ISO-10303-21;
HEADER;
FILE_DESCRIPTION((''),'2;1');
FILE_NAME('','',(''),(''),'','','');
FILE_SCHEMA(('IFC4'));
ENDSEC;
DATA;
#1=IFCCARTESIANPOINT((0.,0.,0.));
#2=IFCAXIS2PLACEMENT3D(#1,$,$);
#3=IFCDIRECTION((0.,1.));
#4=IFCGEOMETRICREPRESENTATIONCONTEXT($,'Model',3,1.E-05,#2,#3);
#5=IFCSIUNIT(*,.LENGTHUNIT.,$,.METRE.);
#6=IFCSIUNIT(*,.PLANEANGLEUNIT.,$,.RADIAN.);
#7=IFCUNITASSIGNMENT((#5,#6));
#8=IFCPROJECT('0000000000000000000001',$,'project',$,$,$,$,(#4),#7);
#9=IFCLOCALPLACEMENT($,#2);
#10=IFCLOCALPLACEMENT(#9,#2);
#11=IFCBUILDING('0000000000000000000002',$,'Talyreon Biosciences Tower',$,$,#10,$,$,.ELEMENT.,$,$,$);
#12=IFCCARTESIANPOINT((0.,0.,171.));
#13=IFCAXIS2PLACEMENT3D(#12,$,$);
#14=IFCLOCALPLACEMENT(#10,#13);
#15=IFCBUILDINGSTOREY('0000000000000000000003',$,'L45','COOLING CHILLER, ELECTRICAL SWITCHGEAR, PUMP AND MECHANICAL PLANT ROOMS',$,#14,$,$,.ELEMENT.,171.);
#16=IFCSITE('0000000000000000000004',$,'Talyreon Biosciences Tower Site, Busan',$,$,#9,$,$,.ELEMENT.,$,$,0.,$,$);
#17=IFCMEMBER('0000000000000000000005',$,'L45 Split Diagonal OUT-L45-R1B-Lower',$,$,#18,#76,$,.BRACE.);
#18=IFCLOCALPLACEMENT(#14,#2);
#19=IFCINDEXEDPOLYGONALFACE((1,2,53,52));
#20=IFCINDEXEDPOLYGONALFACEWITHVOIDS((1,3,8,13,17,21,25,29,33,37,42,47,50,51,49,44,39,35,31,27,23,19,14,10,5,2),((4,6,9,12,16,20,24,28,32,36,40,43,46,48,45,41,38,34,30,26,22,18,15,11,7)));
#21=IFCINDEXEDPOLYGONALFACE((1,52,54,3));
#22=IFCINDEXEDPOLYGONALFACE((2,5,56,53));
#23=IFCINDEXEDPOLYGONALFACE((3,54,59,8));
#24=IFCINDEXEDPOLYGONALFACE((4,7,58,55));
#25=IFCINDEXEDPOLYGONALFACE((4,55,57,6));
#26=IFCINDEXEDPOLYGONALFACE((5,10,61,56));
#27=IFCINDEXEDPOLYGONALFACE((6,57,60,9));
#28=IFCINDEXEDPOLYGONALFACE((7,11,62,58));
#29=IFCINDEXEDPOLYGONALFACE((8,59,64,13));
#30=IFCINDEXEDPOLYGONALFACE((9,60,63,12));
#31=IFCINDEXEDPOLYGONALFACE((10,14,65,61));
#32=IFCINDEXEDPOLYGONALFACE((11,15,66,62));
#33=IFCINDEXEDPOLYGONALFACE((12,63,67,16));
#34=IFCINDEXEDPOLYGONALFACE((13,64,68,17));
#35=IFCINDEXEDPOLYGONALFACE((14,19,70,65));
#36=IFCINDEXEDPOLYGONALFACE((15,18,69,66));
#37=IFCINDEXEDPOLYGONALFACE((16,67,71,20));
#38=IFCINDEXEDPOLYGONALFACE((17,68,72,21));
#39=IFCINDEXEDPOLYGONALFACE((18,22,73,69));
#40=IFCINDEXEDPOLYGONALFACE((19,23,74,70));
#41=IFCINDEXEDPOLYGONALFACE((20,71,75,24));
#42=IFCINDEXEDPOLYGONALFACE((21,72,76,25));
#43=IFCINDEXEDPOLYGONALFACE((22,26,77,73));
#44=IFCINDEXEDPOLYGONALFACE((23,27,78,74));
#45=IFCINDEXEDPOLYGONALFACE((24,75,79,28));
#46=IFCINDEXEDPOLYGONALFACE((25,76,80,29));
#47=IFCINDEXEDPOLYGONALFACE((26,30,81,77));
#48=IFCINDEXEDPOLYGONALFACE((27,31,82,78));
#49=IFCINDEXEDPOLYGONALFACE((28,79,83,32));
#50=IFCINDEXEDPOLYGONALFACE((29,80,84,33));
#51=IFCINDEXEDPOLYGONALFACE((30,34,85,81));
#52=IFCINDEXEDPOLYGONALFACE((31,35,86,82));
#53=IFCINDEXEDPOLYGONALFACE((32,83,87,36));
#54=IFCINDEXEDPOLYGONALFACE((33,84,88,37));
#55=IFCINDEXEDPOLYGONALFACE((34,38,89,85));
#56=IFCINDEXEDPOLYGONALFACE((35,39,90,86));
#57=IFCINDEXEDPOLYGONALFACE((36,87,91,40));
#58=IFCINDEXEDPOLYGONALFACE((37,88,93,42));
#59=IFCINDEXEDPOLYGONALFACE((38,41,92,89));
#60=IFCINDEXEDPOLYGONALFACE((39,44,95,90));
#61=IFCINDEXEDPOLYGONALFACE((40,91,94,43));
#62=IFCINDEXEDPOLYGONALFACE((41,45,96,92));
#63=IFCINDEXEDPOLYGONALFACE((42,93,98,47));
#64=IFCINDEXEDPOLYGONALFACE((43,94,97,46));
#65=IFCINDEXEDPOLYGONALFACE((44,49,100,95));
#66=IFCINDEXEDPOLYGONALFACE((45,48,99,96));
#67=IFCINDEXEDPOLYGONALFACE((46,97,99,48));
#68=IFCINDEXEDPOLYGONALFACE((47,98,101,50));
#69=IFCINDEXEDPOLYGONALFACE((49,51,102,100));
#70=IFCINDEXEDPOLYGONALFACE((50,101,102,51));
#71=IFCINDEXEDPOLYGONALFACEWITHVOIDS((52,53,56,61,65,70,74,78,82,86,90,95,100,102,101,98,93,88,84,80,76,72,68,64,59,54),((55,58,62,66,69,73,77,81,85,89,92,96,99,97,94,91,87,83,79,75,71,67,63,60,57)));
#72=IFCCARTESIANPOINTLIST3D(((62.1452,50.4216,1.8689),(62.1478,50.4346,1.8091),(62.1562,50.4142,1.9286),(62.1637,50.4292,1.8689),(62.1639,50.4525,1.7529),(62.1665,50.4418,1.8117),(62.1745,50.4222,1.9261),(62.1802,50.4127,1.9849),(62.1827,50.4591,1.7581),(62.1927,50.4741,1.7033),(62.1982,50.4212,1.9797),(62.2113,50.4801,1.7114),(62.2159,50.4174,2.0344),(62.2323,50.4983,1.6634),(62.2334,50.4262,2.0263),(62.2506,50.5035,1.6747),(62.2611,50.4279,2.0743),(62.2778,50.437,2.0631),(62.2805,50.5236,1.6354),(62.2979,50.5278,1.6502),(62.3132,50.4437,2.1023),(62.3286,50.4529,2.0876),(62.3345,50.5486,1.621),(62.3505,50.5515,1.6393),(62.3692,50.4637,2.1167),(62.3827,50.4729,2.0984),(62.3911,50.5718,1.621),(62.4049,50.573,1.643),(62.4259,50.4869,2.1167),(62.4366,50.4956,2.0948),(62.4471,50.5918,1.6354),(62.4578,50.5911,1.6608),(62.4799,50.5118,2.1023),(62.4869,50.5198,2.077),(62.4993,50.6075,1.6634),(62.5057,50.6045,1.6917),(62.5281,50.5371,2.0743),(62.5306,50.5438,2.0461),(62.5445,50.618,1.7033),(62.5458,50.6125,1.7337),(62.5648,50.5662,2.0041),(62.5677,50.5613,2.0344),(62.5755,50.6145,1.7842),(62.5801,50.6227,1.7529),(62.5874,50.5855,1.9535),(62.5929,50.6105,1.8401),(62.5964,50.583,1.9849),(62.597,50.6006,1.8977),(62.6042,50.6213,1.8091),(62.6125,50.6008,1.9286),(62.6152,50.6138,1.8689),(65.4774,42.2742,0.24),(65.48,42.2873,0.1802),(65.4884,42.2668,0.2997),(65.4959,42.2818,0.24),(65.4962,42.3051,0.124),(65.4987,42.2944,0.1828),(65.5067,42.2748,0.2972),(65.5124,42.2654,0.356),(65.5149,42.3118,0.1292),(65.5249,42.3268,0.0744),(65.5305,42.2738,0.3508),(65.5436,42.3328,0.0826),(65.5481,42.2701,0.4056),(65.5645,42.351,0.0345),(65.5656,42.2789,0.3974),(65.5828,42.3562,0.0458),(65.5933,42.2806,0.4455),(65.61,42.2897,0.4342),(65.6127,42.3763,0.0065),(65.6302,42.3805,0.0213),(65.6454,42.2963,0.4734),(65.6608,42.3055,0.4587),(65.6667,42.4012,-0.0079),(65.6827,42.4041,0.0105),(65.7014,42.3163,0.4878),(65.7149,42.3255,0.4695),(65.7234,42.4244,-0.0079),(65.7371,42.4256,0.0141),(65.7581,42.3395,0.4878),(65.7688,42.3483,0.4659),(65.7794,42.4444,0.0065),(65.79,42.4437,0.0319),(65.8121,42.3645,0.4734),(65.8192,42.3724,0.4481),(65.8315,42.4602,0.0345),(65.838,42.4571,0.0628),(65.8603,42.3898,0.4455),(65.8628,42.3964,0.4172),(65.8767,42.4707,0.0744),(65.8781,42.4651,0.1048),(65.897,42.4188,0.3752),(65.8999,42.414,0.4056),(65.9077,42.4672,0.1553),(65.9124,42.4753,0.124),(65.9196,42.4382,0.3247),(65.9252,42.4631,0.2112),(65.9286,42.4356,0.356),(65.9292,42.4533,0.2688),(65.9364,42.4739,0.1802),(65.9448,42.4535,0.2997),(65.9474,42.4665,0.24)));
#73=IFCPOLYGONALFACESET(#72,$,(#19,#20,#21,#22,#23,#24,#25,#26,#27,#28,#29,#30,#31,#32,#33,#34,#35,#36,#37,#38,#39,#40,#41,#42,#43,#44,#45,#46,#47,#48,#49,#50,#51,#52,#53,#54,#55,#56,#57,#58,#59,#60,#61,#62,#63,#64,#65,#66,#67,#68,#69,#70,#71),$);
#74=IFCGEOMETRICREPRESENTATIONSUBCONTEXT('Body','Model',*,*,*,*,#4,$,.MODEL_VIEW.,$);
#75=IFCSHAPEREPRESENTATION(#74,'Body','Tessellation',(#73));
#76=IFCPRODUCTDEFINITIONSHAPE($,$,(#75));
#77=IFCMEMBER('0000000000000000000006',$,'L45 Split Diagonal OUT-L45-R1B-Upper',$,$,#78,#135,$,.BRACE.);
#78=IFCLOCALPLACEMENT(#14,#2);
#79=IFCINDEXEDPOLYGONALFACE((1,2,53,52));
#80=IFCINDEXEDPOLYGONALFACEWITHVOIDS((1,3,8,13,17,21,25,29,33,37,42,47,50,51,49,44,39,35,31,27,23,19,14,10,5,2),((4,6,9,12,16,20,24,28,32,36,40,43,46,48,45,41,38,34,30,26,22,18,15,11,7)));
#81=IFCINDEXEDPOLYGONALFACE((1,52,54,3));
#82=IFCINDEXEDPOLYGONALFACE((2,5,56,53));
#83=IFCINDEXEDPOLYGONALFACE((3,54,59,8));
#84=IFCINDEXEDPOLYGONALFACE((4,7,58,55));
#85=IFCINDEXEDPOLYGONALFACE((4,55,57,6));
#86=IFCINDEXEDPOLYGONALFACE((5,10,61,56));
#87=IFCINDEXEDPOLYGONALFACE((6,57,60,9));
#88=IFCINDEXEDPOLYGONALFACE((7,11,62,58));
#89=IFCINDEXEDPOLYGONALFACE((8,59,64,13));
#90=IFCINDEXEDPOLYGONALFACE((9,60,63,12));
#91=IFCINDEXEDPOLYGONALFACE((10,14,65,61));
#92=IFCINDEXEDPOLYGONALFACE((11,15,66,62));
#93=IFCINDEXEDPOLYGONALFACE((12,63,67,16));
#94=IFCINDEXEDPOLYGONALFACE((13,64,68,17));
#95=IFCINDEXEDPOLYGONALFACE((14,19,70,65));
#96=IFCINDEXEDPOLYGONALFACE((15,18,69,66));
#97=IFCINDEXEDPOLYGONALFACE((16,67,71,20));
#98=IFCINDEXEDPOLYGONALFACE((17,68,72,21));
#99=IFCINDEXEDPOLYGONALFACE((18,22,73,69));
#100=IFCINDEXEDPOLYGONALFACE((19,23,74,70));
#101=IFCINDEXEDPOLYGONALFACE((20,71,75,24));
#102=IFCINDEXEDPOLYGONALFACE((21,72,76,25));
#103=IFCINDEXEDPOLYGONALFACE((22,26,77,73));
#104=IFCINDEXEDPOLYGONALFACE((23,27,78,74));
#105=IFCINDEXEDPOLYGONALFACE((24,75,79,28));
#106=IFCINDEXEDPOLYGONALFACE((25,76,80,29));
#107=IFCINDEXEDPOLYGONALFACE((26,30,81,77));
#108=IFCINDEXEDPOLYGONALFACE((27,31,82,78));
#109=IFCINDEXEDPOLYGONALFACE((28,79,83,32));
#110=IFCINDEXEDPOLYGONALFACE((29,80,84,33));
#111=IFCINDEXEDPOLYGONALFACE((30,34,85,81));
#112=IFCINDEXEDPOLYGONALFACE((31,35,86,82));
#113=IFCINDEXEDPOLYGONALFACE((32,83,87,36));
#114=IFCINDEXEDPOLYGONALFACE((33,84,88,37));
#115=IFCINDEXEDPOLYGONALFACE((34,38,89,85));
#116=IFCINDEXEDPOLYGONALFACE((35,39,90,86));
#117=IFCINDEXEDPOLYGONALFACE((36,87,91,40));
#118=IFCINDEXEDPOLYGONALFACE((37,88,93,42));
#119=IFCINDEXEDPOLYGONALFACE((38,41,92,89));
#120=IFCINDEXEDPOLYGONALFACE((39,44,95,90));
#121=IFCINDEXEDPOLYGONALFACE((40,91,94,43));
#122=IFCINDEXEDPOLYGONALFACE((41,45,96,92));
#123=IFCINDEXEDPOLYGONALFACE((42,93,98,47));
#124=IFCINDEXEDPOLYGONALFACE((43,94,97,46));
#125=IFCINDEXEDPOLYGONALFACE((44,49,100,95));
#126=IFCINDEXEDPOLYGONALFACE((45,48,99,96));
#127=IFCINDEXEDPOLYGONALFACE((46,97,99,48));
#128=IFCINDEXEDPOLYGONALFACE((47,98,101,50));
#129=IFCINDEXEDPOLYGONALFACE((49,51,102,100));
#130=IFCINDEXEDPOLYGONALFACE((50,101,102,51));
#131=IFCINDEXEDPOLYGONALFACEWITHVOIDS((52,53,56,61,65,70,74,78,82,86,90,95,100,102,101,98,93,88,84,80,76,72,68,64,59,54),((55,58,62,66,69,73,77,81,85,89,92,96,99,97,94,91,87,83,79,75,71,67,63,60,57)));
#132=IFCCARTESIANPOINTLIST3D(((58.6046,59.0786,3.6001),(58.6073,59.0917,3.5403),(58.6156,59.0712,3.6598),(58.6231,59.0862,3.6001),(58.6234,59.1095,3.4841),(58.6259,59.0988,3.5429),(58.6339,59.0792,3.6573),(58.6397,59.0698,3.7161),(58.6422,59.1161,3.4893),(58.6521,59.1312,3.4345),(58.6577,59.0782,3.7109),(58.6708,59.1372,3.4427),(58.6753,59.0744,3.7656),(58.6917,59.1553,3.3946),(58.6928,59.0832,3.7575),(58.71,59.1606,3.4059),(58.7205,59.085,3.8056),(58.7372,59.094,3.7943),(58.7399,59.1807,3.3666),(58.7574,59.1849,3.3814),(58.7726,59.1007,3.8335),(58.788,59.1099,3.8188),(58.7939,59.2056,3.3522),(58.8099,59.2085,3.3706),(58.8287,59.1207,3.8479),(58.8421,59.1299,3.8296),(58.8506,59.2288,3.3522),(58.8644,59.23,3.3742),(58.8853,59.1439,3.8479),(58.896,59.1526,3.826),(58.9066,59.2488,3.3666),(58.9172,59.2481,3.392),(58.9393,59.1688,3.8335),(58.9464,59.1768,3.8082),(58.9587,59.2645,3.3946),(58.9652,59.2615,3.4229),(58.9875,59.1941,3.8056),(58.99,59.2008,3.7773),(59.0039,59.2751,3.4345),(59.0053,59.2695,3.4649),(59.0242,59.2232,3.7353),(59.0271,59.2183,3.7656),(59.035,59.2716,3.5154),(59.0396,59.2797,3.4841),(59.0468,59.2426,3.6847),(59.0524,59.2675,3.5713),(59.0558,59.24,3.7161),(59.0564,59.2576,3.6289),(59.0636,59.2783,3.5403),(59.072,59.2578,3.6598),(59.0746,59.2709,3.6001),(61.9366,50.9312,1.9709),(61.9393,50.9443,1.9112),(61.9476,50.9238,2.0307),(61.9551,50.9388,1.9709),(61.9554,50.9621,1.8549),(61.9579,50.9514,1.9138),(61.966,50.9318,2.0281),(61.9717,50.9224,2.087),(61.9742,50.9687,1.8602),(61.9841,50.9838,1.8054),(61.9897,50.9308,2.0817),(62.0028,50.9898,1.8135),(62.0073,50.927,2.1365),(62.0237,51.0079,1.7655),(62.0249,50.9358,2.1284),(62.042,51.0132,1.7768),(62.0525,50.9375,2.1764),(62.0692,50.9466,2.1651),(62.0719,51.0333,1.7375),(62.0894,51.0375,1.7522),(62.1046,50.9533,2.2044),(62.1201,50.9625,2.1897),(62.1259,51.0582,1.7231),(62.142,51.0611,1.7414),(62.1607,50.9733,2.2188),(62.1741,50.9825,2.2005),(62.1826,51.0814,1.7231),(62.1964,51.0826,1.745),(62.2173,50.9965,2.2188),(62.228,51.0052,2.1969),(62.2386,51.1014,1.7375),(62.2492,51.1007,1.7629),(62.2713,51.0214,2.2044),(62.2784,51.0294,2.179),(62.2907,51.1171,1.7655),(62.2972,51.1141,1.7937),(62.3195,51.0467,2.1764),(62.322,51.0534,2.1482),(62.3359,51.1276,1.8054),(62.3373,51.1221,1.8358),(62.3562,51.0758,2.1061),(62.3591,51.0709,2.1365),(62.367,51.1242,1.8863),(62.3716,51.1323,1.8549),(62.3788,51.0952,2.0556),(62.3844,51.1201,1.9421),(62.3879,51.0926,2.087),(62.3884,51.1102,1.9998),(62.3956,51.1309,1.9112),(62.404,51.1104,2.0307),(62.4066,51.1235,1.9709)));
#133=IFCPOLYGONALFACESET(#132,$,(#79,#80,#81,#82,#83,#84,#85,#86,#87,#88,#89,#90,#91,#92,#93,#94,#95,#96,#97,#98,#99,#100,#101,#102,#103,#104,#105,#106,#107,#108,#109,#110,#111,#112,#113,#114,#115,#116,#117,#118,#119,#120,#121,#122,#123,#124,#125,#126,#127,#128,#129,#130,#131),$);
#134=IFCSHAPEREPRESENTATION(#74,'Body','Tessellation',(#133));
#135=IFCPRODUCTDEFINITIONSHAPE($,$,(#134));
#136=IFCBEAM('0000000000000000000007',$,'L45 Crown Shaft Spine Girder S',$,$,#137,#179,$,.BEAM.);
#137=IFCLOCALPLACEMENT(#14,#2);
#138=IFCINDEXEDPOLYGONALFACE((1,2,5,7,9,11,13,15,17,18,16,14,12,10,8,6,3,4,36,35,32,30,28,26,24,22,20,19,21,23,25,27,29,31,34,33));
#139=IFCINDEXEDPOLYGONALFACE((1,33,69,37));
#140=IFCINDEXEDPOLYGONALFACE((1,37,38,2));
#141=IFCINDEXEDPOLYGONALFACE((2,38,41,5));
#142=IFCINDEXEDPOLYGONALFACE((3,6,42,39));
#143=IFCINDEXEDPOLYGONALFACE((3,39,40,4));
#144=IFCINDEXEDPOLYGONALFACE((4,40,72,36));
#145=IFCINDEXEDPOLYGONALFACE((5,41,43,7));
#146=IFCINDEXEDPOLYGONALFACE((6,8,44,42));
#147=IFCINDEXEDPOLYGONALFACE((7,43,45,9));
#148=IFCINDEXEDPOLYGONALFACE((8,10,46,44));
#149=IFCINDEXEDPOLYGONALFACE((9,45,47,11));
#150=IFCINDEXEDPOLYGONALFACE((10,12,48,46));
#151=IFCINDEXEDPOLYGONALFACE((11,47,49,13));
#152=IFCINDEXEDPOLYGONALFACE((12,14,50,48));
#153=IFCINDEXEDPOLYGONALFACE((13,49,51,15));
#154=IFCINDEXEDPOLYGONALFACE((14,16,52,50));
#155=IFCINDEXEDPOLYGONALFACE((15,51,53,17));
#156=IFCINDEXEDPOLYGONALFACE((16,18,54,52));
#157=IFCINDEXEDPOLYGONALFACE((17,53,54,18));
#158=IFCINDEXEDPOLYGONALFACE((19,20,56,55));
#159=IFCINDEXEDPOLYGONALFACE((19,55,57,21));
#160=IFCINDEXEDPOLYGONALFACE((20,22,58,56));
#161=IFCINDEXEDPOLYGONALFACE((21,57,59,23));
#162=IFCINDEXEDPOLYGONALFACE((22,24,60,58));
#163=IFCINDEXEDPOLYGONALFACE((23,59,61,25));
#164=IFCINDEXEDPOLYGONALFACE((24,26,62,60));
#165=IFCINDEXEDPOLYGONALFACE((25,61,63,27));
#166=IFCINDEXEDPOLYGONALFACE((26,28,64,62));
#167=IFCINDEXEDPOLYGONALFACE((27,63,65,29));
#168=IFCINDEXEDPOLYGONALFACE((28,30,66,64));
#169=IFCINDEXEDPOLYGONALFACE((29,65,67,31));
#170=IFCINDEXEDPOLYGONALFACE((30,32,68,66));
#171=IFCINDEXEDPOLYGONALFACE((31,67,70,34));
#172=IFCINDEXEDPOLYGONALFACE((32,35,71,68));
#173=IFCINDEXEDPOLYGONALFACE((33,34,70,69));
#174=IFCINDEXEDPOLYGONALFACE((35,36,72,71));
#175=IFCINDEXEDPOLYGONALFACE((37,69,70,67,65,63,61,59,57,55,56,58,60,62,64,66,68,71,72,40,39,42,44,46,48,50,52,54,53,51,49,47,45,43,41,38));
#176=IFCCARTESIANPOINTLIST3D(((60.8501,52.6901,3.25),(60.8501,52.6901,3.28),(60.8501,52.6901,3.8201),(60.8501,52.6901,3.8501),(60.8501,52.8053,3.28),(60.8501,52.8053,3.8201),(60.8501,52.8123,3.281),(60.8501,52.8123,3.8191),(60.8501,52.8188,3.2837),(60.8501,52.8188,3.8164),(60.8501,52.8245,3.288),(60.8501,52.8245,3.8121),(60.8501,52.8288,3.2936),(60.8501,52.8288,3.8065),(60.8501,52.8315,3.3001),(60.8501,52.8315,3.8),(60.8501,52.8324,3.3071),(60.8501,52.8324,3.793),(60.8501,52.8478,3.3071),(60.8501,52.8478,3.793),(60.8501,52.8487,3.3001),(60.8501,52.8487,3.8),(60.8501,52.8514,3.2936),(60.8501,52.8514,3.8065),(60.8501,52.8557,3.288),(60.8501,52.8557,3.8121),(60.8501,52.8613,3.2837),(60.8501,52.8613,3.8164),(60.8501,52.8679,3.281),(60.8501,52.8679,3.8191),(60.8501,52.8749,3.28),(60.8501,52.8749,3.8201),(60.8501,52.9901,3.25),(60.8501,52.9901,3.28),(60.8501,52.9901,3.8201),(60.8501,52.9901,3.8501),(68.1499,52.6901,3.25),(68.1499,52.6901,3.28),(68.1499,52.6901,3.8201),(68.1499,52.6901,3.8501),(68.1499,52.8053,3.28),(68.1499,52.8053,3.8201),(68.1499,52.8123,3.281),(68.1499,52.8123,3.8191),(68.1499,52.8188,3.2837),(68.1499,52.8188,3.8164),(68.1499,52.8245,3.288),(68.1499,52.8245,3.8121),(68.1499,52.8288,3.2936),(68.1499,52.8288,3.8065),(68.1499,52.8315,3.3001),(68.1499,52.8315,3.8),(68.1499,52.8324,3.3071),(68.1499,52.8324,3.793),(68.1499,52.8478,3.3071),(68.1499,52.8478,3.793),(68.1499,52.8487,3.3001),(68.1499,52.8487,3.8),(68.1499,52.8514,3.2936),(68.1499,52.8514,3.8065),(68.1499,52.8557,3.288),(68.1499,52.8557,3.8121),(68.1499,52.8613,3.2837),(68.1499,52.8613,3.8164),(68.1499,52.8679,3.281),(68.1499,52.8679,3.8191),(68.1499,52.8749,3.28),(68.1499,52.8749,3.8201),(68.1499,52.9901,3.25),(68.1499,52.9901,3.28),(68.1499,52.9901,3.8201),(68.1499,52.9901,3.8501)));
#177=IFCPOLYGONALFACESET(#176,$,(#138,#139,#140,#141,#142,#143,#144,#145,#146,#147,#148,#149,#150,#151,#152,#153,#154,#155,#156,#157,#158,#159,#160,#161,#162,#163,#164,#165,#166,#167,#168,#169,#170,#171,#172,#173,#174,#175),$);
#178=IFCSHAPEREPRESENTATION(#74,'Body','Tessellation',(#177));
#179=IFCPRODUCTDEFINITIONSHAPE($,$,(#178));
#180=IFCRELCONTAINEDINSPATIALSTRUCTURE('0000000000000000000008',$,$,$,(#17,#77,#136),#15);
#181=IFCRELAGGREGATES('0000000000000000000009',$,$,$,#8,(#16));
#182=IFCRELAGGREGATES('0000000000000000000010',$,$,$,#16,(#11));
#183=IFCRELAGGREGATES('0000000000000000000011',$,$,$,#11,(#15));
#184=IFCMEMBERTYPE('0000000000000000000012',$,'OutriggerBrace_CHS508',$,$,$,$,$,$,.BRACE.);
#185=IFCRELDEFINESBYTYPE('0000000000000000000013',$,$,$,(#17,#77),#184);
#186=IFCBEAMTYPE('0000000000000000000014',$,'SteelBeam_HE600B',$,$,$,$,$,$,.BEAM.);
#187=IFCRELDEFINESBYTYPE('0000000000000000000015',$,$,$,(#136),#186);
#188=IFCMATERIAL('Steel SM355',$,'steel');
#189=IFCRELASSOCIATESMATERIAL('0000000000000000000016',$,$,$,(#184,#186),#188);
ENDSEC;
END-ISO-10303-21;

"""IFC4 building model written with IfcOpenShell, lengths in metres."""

from ifc_helpers import new_model, si_unit, direction, frame, origin, origin_2d, place, context, subcontext, project, spatial, hollow_circle, i_section, extrude, material, material_profile, profile_set, type_object, element, save


model = new_model("IFC4")

# Units and contexts
model_context = context("Model", 3, precision=1e-05, world=origin(), true_north=direction((0.0, 1.0)))
body_context = subcontext(model_context, "Body", "Model", "MODEL_VIEW")
ifc_project = project(units=[si_unit("LENGTHUNIT", "METRE"), si_unit("PLANEANGLEUNIT", "RADIAN")], contexts=[model_context])

# Site, building, storey
site_placement = place(None, origin())
site = spatial("IfcSite", under=ifc_project, at=site_placement, Name="Talyreon Biosciences Tower Site, Busan", CompositionType="ELEMENT", RefElevation=0.0)
building_placement = place(site_placement, origin())
building = spatial("IfcBuilding", under=site, at=building_placement, Name="Talyreon Biosciences Tower", CompositionType="ELEMENT")
storey_placement = place(building_placement, frame((0.0, 0.0, 171.0)))
storey = spatial("IfcBuildingStorey", under=building, at=storey_placement, Name="L45", Description="COOLING CHILLER, ELECTRICAL SWITCHGEAR, PUMP AND MECHANICAL PLANT ROOMS", CompositionType="ELEMENT", Elevation=171.0)

# Shared definitions
ifc_material_1 = material(Name="Steel SM355", Category="steel")

# Members
ifc_material_profile_1 = material_profile(ifc_material_1, hollow_circle(Radius=0.2539, WallThickness=0.02, at=origin_2d()), Name="CHS 508x20")
ifc_profile_set_1 = profile_set([ifc_material_profile_1], Name="Steel SM355")
member_type_1 = type_object("IfcMemberType", Name="OutriggerBrace_CHS508", PredefinedType="BRACE", material=ifc_profile_set_1)
for number, where, z_axis, x_axis, name in (
    (1, (65.7124, 42.3704, 0.24), (-0.372238, 0.910126, 0.18196), (-0.925578, -0.378557, 0.0), "L45 Split Diagonal OUT-L45-R1B-Lower"),
    (2, (62.1716, 51.0273, 1.9709), (-0.372212, 0.910131, 0.181988), (-0.925588, -0.378533, 0.0), "L45 Split Diagonal OUT-L45-R1B-Upper"),
):
    element("IfcMember", number, at=place(storey_placement, frame(where, z_axis=z_axis, x_axis=x_axis)), inside=storey, type_object=member_type_1, Name=name, PredefinedType="BRACE", context=body_context, shape_type="SweptSolid", body=[
        extrude(hollow_circle(Radius=0.2539, WallThickness=0.02, at=origin_2d()), origin(), (0.0, 0.0, 1.0), 8.9519),
    ])

# Beam
ifc_material_profile_2 = material_profile(ifc_material_1, i_section(OverallWidth=0.3, OverallDepth=0.6001, WebThickness=0.0154, FlangeThickness=0.03, FilletRadius=0.0271, at=origin_2d()), Name="HE600B")
ifc_profile_set_2 = profile_set([ifc_material_profile_2], Name="Steel SM355")
beam_type = type_object("IfcBeamType", Name="SteelBeam_HE600B", PredefinedType="BEAM", material=ifc_profile_set_2)
beam_1_placement = place(storey_placement, frame((60.8501, 52.8401, 3.55), z_axis=(1.0, 0.0, 0.0), x_axis=(0.0, 1.0, 0.0)))
element("IfcBeam", 3, at=beam_1_placement, inside=storey, type_object=beam_type, Name="L45 Crown Shaft Spine Girder S", PredefinedType="BEAM", context=body_context, shape_type="SweptSolid", body=[
    extrude(i_section(OverallWidth=0.3, OverallDepth=0.6001, WebThickness=0.0154, FlangeThickness=0.03, FilletRadius=0.0271, at=origin_2d()), origin(), (0.0, 0.0, 1.0), 7.2998),
])

save(model, "model.ifc")
